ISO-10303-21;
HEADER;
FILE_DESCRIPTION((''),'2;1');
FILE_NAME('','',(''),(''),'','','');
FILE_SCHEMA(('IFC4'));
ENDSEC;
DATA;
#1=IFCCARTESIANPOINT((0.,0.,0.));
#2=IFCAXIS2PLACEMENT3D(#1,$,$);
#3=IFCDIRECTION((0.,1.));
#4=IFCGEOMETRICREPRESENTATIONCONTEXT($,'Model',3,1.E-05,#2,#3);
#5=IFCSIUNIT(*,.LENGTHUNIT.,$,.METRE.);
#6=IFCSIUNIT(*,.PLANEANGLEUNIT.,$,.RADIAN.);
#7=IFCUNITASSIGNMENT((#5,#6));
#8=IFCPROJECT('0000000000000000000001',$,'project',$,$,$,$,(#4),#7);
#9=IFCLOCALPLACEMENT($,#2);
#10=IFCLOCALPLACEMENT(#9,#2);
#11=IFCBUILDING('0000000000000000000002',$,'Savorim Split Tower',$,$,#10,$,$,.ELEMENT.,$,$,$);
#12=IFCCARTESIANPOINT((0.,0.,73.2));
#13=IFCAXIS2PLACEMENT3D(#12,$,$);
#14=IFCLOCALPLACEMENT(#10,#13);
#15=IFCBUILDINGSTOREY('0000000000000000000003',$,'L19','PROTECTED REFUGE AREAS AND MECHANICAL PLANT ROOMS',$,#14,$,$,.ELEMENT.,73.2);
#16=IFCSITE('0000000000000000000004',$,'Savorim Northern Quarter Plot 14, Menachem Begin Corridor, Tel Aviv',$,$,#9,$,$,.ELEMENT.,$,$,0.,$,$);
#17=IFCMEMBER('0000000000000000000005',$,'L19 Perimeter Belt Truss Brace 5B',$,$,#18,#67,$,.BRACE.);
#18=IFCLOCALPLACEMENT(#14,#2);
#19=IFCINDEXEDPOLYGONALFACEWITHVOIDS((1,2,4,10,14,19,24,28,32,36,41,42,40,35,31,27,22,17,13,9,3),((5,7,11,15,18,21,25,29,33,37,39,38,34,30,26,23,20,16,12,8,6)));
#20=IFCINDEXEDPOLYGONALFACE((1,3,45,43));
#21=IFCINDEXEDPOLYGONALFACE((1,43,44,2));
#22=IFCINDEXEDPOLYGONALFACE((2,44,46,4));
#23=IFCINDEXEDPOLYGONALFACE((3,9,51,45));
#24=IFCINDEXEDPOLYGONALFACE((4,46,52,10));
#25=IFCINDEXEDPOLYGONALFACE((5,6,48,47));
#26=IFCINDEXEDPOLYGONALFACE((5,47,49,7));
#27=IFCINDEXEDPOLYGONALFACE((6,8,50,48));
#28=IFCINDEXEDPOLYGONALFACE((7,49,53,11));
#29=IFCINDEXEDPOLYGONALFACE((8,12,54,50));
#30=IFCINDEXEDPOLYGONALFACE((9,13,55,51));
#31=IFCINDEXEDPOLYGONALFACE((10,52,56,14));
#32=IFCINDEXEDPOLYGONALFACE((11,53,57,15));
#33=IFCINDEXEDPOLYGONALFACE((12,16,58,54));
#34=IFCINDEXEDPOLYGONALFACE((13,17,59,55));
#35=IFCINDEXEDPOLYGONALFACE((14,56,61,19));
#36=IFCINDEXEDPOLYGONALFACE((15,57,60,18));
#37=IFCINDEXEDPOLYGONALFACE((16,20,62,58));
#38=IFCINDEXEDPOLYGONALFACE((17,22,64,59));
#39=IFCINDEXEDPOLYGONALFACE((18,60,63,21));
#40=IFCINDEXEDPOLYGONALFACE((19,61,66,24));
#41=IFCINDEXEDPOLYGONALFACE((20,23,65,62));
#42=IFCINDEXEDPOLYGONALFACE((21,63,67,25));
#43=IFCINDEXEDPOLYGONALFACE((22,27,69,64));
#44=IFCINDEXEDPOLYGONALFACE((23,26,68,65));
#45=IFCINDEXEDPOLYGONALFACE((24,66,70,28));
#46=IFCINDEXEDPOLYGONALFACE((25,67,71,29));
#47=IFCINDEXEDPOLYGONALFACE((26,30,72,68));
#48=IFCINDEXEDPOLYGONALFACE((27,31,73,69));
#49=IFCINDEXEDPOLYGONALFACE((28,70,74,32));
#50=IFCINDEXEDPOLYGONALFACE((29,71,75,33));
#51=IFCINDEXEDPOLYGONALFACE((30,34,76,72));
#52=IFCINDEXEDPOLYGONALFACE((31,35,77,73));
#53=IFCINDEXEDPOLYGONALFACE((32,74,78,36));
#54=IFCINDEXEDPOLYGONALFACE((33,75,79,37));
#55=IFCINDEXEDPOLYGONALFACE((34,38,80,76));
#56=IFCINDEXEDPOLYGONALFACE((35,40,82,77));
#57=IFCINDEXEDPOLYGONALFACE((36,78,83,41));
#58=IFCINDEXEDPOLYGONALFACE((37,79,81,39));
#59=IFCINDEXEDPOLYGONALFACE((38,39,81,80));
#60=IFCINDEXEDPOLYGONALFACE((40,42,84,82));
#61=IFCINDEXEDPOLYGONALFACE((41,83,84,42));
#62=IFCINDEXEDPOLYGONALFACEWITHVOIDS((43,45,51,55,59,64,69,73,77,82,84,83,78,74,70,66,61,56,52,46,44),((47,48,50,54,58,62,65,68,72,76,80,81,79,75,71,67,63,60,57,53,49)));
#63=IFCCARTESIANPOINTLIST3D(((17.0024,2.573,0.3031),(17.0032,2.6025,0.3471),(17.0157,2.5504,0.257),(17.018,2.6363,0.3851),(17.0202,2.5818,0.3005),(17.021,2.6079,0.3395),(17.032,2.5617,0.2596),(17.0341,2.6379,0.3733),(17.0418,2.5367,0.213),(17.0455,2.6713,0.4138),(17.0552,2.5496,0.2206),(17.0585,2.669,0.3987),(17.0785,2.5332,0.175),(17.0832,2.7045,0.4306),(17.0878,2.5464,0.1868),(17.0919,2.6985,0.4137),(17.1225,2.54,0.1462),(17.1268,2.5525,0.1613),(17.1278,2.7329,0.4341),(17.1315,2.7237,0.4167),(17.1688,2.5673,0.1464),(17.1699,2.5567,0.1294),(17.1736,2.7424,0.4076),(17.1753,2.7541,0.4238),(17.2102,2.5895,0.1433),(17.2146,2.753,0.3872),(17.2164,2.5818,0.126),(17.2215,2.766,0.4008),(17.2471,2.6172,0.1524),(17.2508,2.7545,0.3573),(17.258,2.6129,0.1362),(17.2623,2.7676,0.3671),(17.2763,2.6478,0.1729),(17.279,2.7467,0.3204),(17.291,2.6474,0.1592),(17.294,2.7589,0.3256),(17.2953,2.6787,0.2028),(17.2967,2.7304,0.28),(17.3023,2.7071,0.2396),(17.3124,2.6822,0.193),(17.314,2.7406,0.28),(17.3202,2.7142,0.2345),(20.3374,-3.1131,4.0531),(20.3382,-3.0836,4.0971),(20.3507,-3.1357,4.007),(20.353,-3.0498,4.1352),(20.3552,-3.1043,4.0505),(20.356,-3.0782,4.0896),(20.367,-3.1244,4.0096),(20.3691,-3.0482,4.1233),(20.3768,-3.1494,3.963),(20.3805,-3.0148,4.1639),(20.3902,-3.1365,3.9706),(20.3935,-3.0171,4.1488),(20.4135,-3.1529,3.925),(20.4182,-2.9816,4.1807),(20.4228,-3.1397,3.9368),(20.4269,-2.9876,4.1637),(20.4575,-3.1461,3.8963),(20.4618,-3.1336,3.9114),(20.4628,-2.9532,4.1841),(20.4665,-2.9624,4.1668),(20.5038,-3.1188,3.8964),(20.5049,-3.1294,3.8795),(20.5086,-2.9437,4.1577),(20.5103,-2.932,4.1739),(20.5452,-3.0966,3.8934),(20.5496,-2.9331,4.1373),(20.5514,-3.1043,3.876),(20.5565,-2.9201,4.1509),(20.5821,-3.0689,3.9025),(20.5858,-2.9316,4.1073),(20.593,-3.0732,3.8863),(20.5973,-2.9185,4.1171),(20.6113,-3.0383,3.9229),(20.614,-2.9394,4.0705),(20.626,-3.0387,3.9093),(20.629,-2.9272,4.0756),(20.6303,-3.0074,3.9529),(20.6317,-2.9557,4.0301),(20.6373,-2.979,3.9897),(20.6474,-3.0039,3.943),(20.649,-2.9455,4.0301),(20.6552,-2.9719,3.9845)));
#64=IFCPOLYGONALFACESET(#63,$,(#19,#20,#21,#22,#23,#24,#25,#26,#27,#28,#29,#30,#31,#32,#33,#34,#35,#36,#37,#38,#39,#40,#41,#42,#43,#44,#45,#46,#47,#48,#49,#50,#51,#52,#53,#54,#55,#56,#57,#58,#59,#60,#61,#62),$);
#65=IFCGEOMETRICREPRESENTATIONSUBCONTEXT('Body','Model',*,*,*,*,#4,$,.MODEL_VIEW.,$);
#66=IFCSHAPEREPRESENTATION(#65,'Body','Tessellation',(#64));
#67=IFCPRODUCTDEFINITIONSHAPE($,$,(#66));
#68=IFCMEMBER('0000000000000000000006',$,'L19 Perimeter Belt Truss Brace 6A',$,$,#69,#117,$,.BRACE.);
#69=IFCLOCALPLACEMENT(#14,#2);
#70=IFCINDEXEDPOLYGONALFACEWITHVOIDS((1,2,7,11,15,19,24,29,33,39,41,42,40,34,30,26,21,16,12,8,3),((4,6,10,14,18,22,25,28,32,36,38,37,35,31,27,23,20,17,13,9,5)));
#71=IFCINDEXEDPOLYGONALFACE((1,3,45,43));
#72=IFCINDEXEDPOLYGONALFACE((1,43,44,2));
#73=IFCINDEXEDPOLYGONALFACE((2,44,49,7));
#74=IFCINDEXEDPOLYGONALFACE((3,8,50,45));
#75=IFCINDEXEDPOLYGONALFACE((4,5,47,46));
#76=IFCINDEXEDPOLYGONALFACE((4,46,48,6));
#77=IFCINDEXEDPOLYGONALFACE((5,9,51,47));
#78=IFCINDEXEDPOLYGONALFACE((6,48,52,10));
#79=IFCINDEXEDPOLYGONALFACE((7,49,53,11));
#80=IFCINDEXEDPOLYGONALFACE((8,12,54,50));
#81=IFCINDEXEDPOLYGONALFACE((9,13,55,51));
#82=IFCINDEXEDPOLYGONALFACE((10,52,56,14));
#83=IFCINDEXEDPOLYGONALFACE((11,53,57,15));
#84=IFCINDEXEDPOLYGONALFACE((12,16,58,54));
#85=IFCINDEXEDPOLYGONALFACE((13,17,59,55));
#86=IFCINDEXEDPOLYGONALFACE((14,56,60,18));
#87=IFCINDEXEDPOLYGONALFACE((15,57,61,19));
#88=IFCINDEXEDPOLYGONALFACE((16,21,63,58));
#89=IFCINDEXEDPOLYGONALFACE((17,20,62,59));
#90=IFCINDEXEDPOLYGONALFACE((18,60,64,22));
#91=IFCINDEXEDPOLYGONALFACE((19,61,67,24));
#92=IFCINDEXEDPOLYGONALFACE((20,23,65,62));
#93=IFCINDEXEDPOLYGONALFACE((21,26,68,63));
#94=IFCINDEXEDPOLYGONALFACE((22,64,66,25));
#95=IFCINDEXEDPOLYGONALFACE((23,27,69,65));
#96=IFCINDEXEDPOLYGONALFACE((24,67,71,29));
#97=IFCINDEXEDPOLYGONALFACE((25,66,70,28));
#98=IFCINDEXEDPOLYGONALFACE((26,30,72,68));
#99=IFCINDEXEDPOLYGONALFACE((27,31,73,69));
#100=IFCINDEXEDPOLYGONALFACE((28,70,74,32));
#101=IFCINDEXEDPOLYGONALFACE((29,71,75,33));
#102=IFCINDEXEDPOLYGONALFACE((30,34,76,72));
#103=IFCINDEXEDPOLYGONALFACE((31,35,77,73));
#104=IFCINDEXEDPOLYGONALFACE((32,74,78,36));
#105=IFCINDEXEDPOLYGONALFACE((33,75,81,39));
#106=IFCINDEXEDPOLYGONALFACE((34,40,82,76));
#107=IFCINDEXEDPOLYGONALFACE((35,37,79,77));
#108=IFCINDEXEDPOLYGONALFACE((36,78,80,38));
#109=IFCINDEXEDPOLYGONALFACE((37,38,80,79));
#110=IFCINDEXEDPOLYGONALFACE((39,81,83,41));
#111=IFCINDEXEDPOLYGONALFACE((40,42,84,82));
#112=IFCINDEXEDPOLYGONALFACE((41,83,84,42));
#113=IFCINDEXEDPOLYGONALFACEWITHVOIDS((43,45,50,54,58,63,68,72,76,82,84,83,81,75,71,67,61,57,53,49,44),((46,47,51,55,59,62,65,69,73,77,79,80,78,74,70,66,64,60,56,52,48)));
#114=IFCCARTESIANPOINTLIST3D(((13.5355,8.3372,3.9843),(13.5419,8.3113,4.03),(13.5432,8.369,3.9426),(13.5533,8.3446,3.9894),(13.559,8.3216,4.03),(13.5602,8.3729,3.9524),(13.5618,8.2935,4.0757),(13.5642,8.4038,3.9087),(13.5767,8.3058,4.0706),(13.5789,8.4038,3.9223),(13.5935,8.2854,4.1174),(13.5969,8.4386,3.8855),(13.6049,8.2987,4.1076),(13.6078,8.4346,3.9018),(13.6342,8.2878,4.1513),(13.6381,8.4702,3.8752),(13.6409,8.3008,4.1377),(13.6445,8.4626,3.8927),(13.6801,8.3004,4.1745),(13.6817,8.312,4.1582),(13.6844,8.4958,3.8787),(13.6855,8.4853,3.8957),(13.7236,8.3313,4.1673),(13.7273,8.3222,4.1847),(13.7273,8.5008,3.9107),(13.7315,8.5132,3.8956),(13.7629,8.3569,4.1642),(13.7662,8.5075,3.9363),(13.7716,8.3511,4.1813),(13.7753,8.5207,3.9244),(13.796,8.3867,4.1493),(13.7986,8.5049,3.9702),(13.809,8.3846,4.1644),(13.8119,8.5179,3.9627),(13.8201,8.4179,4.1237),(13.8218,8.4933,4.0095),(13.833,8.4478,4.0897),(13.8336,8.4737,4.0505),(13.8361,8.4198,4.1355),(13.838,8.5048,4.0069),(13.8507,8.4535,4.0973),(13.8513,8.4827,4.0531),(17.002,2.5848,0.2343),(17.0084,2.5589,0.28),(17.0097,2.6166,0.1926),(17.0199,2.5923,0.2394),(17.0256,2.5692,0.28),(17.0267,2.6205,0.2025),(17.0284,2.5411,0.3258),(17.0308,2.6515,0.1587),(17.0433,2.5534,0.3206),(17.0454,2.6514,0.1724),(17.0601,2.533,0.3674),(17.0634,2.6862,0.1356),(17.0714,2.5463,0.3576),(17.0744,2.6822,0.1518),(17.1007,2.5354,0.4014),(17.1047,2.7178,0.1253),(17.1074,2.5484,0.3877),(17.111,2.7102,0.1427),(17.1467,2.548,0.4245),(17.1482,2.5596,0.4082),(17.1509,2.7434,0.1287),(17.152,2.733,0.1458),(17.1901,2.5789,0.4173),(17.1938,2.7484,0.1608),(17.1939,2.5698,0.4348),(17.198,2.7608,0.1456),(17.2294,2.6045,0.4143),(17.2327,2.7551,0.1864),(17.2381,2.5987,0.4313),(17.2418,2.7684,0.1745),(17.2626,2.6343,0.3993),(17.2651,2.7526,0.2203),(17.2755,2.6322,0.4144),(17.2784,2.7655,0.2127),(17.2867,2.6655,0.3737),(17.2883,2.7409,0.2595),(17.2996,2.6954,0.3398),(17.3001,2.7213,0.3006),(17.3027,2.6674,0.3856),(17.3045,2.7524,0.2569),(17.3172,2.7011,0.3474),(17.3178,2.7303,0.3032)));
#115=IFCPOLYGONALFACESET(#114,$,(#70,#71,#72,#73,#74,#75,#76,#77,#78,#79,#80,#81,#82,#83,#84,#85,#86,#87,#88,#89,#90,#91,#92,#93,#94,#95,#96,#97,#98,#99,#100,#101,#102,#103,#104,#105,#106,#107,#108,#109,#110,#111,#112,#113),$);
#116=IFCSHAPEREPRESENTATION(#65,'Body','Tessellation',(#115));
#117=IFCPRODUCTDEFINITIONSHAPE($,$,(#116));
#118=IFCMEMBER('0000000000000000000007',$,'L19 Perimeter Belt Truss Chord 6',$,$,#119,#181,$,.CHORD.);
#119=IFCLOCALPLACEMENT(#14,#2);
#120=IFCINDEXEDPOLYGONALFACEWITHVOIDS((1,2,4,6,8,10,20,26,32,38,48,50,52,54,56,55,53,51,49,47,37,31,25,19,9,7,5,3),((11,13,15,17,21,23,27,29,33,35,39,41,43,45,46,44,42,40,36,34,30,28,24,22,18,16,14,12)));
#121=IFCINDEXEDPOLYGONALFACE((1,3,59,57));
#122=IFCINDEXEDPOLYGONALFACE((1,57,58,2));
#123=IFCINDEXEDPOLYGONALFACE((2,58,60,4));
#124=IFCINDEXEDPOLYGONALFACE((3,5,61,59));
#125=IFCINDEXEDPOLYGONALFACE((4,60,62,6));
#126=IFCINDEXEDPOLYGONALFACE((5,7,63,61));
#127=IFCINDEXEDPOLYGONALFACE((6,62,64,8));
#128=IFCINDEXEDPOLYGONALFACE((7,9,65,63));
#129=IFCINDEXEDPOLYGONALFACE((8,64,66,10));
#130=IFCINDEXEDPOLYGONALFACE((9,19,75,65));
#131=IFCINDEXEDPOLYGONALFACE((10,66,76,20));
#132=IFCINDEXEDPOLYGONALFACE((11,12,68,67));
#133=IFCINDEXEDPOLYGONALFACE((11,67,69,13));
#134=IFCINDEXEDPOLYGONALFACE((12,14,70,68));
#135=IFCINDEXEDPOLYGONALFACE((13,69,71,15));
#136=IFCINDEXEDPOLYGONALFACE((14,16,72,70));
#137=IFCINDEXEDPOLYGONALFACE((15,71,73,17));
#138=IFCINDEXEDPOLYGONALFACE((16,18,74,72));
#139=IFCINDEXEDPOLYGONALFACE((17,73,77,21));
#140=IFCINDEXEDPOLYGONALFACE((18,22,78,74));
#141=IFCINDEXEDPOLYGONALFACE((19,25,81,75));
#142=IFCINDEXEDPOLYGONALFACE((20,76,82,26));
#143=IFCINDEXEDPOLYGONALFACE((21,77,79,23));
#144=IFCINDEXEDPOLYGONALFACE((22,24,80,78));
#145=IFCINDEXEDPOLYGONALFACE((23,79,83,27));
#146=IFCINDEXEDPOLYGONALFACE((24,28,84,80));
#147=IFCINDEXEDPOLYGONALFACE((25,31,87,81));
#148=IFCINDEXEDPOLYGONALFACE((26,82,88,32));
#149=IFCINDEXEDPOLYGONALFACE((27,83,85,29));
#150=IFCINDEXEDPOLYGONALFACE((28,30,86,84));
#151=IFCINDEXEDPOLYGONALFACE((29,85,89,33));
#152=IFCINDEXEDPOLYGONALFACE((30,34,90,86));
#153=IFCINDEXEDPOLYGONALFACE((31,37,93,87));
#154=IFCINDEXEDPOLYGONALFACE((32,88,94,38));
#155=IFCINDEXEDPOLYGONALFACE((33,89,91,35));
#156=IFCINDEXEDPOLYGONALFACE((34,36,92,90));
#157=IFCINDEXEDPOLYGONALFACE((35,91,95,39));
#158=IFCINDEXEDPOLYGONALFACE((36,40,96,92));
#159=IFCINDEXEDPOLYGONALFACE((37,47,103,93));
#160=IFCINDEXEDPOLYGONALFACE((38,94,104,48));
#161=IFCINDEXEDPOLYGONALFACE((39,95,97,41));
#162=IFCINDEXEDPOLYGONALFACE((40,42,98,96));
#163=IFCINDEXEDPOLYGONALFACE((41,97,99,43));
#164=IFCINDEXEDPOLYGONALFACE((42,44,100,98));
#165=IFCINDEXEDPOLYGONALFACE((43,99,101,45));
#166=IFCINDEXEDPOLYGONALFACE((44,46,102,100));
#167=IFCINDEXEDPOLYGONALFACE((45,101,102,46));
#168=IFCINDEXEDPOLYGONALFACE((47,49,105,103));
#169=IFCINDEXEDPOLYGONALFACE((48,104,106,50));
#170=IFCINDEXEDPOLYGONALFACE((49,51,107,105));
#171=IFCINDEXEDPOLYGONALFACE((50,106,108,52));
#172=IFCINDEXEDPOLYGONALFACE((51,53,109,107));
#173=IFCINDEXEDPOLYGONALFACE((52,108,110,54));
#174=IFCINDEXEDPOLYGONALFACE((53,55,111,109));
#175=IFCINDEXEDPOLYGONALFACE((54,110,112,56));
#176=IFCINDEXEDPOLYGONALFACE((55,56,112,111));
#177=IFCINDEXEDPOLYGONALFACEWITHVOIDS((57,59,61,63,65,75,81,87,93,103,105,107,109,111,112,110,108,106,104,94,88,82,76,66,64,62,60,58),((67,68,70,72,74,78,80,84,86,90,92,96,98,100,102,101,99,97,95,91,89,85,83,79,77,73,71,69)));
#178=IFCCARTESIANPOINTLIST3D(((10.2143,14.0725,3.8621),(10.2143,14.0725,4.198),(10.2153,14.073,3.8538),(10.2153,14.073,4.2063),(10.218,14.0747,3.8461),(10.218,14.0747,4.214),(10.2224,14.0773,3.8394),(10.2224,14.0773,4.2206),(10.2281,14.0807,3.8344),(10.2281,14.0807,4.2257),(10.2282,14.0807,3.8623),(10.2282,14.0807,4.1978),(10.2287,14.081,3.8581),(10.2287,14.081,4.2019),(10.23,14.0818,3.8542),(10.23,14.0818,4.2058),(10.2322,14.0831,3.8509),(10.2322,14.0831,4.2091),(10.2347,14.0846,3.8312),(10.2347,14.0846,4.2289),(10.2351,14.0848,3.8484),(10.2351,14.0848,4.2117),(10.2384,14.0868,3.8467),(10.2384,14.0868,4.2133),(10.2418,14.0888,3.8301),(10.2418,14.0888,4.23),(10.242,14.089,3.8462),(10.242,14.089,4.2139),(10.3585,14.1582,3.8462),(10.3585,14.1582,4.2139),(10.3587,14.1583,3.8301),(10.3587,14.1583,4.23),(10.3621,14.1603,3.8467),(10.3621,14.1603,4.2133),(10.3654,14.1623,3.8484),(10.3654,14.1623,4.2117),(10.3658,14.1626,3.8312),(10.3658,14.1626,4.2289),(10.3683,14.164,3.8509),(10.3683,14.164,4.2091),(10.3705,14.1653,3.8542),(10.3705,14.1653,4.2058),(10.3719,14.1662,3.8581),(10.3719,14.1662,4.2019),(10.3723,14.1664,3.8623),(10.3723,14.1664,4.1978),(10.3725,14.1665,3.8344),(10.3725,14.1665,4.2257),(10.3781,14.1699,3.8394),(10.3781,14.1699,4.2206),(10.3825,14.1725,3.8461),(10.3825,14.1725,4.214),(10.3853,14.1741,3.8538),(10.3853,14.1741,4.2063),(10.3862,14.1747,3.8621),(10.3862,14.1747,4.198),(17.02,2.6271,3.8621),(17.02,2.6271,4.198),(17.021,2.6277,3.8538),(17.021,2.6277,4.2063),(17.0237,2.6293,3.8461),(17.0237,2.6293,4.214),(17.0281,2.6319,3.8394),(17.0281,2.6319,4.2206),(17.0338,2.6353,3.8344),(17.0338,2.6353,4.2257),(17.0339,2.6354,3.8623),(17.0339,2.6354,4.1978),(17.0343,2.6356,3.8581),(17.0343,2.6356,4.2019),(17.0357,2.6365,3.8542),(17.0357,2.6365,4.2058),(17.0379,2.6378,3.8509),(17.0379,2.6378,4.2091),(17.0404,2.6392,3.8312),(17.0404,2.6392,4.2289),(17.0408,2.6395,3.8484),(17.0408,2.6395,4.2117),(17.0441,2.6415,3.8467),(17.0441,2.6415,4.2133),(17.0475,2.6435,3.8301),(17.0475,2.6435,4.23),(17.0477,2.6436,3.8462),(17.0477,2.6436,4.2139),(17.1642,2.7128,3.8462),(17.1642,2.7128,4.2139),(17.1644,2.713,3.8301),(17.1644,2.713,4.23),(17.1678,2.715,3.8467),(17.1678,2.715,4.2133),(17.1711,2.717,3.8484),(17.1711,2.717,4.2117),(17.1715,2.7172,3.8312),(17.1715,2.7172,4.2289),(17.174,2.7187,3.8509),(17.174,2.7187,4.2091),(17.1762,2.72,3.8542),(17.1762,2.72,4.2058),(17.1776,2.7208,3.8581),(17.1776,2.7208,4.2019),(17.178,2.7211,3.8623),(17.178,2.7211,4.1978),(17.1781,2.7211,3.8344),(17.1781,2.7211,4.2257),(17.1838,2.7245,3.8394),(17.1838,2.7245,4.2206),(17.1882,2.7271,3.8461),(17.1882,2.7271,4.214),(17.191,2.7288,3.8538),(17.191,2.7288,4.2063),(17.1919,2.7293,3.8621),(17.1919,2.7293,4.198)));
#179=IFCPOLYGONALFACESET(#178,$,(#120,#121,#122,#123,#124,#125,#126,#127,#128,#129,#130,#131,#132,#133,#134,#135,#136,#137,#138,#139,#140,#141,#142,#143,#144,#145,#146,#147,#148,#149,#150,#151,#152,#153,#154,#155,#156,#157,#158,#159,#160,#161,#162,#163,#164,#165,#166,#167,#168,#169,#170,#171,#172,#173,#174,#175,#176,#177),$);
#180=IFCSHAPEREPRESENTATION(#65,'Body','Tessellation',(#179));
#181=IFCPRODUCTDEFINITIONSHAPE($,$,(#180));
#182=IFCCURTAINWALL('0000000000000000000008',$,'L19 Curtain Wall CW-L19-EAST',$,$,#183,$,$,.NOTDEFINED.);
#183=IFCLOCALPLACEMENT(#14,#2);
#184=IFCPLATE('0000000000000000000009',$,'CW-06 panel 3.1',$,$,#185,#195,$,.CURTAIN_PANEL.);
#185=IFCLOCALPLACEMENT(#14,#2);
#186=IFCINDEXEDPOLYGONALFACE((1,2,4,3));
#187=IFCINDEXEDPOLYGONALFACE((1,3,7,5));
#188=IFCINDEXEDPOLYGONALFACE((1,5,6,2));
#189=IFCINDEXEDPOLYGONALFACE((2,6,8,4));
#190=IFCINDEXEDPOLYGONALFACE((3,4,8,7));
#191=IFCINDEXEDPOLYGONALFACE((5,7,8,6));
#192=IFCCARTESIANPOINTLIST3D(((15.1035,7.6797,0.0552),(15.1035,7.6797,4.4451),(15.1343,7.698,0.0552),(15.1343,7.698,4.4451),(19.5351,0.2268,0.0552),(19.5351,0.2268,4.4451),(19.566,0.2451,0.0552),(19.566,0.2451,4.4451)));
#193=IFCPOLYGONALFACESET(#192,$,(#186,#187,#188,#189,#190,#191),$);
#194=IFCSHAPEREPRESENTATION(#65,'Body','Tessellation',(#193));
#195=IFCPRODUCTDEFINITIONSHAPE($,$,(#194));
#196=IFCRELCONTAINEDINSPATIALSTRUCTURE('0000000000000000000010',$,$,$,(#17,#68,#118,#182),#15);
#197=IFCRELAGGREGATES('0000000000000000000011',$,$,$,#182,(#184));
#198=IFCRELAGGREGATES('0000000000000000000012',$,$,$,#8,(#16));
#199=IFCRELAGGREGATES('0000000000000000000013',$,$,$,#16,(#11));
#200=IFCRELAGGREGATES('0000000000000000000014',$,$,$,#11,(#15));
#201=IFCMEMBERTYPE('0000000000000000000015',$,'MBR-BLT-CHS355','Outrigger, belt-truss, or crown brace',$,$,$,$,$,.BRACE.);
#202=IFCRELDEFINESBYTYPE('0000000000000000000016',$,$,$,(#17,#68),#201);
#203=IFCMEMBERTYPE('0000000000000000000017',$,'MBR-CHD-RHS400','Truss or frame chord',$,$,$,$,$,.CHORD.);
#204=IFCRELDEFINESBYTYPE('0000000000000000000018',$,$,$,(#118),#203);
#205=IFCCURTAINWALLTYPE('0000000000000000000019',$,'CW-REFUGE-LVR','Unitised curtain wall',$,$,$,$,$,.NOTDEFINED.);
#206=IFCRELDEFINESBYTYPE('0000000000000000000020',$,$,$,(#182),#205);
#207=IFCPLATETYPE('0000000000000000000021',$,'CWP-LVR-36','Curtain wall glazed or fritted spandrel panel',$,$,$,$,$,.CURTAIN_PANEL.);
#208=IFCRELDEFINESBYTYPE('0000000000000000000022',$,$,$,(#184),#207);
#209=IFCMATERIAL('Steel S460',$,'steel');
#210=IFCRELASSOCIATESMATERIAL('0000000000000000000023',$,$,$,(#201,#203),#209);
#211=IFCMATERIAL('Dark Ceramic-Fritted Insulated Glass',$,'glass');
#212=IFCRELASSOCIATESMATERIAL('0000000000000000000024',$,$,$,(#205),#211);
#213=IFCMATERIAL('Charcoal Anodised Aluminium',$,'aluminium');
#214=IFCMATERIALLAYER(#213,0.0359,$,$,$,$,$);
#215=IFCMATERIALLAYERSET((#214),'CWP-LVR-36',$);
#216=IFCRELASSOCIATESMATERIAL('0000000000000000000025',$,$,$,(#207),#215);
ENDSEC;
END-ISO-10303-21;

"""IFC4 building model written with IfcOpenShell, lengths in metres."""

from ifc_helpers import new_model, si_unit, direction, frame, origin, origin_2d, place, context, subcontext, project, spatial, rectangle, hollow_rectangle, hollow_circle, extrude, material, layer, layer_set, material_profile, profile_set, type_object, element, aggregate, save


model = new_model("IFC4")

# Units and contexts
model_context = context("Model", 3, precision=1e-05, world=origin(), true_north=direction((0.0, 1.0)))
body_context = subcontext(model_context, "Body", "Model", "MODEL_VIEW")
ifc_project = project(units=[si_unit("LENGTHUNIT", "METRE"), si_unit("PLANEANGLEUNIT", "RADIAN")], contexts=[model_context])

# Site, building, storey
site_placement = place(None, origin())
site = spatial("IfcSite", under=ifc_project, at=site_placement, Name="Savorim Northern Quarter Plot 14, Menachem Begin Corridor, Tel Aviv", CompositionType="ELEMENT", RefElevation=0.0)
building_placement = place(site_placement, origin())
building = spatial("IfcBuilding", under=site, at=building_placement, Name="Savorim Split Tower", CompositionType="ELEMENT")
storey_placement = place(building_placement, frame((0.0, 0.0, 73.2)))
storey = spatial("IfcBuildingStorey", under=building, at=storey_placement, Name="L19", Description="PROTECTED REFUGE AREAS AND MECHANICAL PLANT ROOMS", CompositionType="ELEMENT", Elevation=73.2)

# Shared definitions
ifc_material_1 = material(Name="Steel S460", Category="steel")

# Members
ifc_material_profile_1 = material_profile(ifc_material_1, hollow_circle(Radius=0.1777, WallThickness=0.02, at=origin_2d()), Name="CHS 355.6x20")
ifc_profile_set_1 = profile_set([ifc_material_profile_1], Name="Steel S460")
member_type_1 = type_object("IfcMemberType", Name="MBR-BLT-CHS355", Description="Outrigger, belt-truss, or crown brace", PredefinedType="BRACE", material=ifc_profile_set_1)
member_1_placement = place(storey_placement, frame((17.1606, 2.6506, 0.28), z_axis=(0.439743, -0.749751, 0.494469), x_axis=(0.862581, 0.505919, 0.0)))
element("IfcMember", 1, at=member_1_placement, inside=storey, type_object=member_type_1, Name="L19 Perimeter Belt Truss Brace 5B", PredefinedType="BRACE", context=body_context, shape_type="SweptSolid", body=[
    extrude(hollow_circle(Radius=0.1777, WallThickness=0.02, at=origin_2d()), origin(), (0.0, 0.0, 1.0), 7.584),
])
member_2_placement = place(storey_placement, frame((17.1606, 2.6506, 0.28), z_axis=(-0.450658, 0.747827, 0.487506), x_axis=(-0.8565, -0.516147, 0.0)))
element("IfcMember", 2, at=member_2_placement, inside=storey, type_object=member_type_1, Name="L19 Perimeter Belt Truss Brace 6A", PredefinedType="BRACE", context=body_context, shape_type="SweptSolid", body=[
    extrude(hollow_circle(Radius=0.1777, WallThickness=0.02, at=origin_2d()), origin(), (0.0, 0.0, 1.0), 7.6921),
])
ifc_material_profile_2 = material_profile(ifc_material_1, hollow_rectangle(XDim=0.2, YDim=0.3999, WallThickness=0.0161, InnerFilletRadius=0.0161, OuterFilletRadius=0.032, at=origin_2d()), Name="RHS 400x200x16")
ifc_profile_set_2 = profile_set([ifc_material_profile_2], Name="Steel S460")
member_type_2 = type_object("IfcMemberType", Name="MBR-CHD-RHS400", Description="Truss or frame chord", PredefinedType="CHORD", material=ifc_profile_set_2)
member_3_placement = place(storey_placement, frame((17.106, 2.6782, 4.03), z_axis=(-0.511094, 0.859525, 0.0), x_axis=(-0.859525, -0.511094, 0.0)))
element("IfcMember", 3, at=member_3_placement, inside=storey, type_object=member_type_2, Name="L19 Perimeter Belt Truss Chord 6", PredefinedType="CHORD", context=body_context, shape_type="SweptSolid", body=[
    extrude(hollow_rectangle(XDim=0.2, YDim=0.3999, WallThickness=0.0161, InnerFilletRadius=0.0161, OuterFilletRadius=0.032, at=origin_2d()), origin(), (0.0, 0.0, 1.0), 13.3159),
])

# Curtain wall, plate
ifc_material_2 = material(Name="Dark Ceramic-Fritted Insulated Glass", Category="glass")
curtain_wall_type = type_object("IfcCurtainWallType", Name="CW-REFUGE-LVR", Description="Unitised curtain wall", PredefinedType="NOTDEFINED", material=ifc_material_2)
curtain_wall_placement = place(storey_placement, origin())
curtain_wall = element("IfcCurtainWall", 4, at=curtain_wall_placement, inside=storey, type_object=curtain_wall_type, Name="L19 Curtain Wall CW-L19-EAST", PredefinedType="NOTDEFINED")
ifc_material_3 = material(Name="Charcoal Anodised Aluminium", Category="aluminium")
ifc_layer_1 = layer(ifc_material_3, 0.0359)
ifc_layer_set_1 = layer_set([ifc_layer_1], Name="CWP-LVR-36")
plate_type_1 = type_object("IfcPlateType", Name="CWP-LVR-36", Description="Curtain wall glazed or fritted spandrel panel", PredefinedType="CURTAIN_PANEL", material=ifc_layer_set_1)
plate_1_placement = place(storey_placement, frame((17.3347, 3.9624, 0.0552), z_axis=(0.0, 0.0, 1.0), x_axis=(-0.511093, 0.859525, 0.0)))
plate_1 = element("IfcPlate", 5, at=plate_1_placement, type_object=plate_type_1, Name="CW-06 panel 3.1", PredefinedType="CURTAIN_PANEL", context=body_context, shape_type="SweptSolid", body=[
    extrude(rectangle(XDim=8.6709, YDim=0.0359, at=origin_2d()), origin(), (0.0, 0.0, 1.0), 4.3899),
])
aggregate(curtain_wall, [plate_1])

save(model, "model.ifc")
